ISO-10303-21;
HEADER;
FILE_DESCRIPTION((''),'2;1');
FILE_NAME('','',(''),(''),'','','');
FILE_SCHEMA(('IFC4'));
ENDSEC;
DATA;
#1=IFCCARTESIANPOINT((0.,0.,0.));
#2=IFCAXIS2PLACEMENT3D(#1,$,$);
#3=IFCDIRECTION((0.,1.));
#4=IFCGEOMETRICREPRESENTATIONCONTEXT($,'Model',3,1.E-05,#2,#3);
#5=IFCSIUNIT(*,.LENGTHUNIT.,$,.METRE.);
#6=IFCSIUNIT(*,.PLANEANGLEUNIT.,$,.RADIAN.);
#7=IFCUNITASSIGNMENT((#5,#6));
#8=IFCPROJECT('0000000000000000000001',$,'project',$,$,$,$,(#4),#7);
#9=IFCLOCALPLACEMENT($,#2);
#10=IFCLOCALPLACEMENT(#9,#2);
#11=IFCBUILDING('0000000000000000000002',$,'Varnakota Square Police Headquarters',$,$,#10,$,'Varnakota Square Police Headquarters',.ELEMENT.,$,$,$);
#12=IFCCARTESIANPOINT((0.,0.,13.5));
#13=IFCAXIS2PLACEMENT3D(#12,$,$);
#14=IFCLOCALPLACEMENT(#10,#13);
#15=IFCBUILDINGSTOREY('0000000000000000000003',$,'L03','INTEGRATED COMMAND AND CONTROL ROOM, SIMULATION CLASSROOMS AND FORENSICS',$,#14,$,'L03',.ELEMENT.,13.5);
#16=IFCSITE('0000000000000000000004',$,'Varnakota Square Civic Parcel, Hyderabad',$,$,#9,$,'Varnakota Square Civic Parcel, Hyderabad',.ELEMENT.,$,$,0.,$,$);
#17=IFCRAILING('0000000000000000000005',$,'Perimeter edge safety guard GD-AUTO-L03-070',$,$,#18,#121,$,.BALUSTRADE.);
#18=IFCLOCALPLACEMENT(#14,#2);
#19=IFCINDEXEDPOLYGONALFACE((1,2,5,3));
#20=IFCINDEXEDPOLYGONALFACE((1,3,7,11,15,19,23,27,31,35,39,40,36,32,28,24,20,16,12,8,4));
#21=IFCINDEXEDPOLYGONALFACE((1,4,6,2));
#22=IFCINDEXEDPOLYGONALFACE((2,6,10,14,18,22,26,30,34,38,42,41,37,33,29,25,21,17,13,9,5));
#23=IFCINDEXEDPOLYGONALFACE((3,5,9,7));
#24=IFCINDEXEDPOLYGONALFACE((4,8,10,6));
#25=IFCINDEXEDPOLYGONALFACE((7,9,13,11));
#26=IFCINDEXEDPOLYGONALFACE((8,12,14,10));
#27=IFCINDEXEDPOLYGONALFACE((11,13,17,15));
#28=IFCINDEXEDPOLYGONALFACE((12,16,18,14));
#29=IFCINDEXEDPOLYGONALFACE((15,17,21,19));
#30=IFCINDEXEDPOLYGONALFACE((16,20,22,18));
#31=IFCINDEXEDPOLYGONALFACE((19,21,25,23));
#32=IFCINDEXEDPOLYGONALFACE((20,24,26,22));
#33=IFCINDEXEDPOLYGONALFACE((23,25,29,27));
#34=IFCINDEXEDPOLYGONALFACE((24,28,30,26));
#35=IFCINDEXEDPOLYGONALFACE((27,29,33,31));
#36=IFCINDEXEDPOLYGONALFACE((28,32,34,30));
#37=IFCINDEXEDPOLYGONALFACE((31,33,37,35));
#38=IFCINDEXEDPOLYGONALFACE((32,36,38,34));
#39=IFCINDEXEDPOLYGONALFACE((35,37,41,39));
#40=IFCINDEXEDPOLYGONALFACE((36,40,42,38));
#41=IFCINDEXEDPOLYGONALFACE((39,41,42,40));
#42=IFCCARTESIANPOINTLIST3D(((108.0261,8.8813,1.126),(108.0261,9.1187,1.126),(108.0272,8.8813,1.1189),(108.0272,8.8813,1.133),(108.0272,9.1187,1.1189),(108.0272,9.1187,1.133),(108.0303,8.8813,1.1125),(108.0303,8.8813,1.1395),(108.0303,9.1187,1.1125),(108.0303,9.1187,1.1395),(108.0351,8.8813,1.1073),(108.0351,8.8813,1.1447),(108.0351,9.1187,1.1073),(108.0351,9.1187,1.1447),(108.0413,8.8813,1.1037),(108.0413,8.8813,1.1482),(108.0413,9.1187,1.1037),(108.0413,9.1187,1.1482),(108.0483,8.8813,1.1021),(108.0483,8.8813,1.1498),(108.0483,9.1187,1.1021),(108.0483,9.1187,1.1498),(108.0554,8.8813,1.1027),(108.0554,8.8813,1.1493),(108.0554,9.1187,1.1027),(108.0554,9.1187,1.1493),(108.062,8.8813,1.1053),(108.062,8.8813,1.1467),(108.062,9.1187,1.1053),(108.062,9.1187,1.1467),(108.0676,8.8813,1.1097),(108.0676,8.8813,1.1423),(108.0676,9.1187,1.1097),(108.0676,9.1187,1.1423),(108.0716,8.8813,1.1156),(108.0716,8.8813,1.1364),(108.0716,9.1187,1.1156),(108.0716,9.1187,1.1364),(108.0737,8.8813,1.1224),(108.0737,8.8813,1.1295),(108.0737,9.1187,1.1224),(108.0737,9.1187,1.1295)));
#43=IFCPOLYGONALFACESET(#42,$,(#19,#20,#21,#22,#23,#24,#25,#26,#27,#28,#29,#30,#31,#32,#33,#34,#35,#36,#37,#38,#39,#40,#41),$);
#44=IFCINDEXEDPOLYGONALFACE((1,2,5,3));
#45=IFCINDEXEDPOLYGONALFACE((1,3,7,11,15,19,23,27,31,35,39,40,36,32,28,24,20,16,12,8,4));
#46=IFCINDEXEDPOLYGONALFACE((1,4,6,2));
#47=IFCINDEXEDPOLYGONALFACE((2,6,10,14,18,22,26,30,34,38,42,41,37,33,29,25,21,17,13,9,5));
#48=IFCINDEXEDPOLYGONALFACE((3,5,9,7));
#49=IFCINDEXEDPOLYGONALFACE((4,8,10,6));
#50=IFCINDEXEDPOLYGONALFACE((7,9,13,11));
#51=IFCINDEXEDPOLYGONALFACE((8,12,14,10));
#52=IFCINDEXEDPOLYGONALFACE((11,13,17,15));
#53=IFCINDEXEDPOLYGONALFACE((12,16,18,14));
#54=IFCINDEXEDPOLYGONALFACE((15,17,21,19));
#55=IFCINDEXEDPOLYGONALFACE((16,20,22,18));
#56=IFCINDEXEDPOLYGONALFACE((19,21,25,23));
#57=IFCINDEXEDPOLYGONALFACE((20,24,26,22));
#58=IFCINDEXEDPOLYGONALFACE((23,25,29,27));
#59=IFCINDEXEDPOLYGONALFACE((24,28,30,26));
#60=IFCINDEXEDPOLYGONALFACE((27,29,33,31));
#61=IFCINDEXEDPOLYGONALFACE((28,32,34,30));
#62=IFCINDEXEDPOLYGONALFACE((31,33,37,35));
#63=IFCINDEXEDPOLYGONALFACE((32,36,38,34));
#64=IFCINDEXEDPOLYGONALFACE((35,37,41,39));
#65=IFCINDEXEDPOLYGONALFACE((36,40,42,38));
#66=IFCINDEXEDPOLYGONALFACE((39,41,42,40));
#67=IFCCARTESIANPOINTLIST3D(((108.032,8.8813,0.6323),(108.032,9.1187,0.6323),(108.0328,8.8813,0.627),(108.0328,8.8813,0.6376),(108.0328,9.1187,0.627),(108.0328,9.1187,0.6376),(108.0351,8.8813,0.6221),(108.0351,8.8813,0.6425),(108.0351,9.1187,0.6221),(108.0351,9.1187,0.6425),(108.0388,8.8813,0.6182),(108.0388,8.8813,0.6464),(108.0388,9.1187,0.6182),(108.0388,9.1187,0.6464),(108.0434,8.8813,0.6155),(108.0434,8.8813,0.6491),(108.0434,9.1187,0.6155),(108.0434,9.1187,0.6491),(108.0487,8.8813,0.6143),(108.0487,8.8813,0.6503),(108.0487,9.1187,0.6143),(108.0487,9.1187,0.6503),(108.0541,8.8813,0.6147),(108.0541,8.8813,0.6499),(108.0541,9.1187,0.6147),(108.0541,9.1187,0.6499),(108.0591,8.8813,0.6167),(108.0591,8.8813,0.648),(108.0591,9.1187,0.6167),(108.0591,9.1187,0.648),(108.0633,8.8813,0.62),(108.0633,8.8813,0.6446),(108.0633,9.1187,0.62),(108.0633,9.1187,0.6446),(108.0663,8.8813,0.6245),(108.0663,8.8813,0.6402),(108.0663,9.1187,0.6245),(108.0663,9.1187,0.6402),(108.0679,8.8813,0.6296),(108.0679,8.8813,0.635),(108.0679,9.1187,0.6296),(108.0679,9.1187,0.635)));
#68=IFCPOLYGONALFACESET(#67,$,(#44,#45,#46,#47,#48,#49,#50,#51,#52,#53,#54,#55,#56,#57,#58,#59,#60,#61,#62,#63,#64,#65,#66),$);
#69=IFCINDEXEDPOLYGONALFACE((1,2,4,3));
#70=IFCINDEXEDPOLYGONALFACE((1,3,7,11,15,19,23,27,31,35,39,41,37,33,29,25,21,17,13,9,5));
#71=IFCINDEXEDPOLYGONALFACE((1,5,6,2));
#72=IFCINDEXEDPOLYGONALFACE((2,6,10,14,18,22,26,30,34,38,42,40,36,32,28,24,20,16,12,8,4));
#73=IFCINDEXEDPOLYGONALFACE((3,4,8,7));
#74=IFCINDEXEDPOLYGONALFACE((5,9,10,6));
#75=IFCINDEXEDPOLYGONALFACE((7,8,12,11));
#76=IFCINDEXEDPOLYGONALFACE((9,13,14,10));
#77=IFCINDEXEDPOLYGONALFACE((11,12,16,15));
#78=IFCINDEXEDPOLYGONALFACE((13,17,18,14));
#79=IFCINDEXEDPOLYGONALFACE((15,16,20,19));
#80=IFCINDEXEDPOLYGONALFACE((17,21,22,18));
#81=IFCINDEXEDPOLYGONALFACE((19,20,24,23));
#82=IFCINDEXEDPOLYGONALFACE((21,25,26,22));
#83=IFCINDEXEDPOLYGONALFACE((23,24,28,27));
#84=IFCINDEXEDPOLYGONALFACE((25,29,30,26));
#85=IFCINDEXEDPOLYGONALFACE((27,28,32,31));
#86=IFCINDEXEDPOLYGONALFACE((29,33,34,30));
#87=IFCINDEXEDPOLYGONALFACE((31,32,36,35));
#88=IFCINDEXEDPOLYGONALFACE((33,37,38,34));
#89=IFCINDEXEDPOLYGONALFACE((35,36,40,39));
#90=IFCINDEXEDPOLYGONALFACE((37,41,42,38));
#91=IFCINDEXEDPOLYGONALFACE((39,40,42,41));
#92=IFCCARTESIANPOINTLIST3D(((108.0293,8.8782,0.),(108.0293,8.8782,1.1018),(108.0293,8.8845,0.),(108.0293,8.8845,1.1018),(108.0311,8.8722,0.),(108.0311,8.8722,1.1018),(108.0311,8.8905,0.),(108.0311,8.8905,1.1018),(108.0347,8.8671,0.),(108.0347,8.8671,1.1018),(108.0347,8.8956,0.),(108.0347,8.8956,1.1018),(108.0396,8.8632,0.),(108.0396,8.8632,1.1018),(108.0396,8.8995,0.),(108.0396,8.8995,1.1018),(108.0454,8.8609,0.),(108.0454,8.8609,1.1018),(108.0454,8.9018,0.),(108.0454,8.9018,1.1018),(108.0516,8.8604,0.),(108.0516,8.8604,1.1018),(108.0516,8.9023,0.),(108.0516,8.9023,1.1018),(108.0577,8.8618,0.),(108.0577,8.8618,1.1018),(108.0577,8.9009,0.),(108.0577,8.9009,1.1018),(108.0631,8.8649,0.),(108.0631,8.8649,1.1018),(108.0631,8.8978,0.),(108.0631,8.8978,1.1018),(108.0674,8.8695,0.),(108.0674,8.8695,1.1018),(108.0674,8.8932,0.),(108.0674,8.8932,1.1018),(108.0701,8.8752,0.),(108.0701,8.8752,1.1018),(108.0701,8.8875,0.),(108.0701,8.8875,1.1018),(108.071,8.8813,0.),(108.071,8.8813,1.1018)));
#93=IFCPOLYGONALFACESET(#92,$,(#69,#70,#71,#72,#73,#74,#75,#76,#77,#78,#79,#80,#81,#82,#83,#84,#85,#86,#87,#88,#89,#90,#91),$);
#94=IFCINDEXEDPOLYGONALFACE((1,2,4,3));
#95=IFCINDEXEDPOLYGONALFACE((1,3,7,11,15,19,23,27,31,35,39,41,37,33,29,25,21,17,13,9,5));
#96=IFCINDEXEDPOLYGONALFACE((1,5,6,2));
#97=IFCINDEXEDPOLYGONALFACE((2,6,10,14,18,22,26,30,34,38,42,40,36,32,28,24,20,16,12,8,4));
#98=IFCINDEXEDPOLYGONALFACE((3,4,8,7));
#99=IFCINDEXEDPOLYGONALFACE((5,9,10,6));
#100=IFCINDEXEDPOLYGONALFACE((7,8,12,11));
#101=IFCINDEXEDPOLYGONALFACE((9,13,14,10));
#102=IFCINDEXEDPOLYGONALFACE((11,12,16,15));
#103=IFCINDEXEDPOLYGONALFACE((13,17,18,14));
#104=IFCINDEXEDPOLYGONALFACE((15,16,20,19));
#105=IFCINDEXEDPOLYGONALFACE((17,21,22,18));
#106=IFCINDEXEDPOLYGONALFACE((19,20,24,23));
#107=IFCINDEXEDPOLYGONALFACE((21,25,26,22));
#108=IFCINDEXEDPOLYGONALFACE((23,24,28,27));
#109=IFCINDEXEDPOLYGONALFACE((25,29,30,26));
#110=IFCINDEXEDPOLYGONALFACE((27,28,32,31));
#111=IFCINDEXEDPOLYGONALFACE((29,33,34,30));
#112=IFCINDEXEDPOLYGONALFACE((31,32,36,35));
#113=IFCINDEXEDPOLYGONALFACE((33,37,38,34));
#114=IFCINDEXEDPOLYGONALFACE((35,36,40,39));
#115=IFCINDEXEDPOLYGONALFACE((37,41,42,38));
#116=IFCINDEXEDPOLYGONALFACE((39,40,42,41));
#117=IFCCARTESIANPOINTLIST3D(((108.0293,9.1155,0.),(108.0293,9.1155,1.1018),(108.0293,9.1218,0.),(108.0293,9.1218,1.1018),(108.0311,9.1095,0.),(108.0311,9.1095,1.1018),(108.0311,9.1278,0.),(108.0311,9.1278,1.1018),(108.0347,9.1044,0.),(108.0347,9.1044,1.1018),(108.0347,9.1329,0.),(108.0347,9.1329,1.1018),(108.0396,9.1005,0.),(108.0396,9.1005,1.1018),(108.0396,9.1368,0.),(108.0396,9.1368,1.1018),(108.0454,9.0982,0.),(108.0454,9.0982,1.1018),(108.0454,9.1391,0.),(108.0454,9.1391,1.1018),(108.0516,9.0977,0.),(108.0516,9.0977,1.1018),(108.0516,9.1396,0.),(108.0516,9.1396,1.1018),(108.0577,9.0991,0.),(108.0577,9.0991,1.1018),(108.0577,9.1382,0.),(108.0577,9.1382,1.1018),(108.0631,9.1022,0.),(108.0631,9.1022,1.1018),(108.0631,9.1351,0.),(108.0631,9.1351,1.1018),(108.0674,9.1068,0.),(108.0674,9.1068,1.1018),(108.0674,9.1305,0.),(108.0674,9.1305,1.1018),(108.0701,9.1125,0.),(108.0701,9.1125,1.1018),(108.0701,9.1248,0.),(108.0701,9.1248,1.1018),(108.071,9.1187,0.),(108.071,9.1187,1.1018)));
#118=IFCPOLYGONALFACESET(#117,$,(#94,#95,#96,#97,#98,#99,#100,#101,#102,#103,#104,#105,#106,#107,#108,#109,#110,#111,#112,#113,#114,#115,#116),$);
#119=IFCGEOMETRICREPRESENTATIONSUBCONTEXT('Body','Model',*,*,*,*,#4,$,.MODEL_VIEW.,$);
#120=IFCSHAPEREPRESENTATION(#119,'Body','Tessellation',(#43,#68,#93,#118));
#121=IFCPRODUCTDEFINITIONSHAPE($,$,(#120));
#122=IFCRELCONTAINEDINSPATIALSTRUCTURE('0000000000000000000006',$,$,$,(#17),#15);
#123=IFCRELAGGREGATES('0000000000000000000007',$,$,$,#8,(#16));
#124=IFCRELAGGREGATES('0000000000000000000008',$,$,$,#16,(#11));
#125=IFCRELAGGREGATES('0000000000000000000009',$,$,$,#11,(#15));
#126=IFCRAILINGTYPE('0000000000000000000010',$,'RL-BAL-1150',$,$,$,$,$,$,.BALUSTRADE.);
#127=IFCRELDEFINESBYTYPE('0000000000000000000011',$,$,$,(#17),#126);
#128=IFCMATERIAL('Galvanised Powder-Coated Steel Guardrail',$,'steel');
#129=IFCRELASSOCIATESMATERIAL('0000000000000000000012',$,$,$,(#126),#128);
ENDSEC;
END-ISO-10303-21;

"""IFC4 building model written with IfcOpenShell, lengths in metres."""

from ifc_helpers import new_model, si_unit, direction, frame, origin, origin_2d, place, context, subcontext, project, spatial, circle, extrude, material, type_object, element, save


model = new_model("IFC4")

# Units and contexts
model_context = context("Model", 3, precision=1e-05, world=origin(), true_north=direction((0.0, 1.0)))
body_context = subcontext(model_context, "Body", "Model", "MODEL_VIEW")
ifc_project = project(units=[si_unit("LENGTHUNIT", "METRE"), si_unit("PLANEANGLEUNIT", "RADIAN")], contexts=[model_context])

# Site, building, storey
site_placement = place(None, origin())
site = spatial("IfcSite", under=ifc_project, at=site_placement, Name="Varnakota Square Civic Parcel, Hyderabad", LongName="Varnakota Square Civic Parcel, Hyderabad", CompositionType="ELEMENT", RefElevation=0.0)
building_placement = place(site_placement, origin())
building = spatial("IfcBuilding", under=site, at=building_placement, Name="Varnakota Square Police Headquarters", LongName="Varnakota Square Police Headquarters", CompositionType="ELEMENT")
storey_placement = place(building_placement, frame((0.0, 0.0, 13.5)))
storey = spatial("IfcBuildingStorey", under=building, at=storey_placement, Name="L03", Description="INTEGRATED COMMAND AND CONTROL ROOM, SIMULATION CLASSROOMS AND FORENSICS", LongName="L03", CompositionType="ELEMENT", Elevation=13.5)

# Railing
ifc_material_1 = material(Name="Galvanised Powder-Coated Steel Guardrail", Category="steel")
railing_type = type_object("IfcRailingType", Name="RL-BAL-1150", PredefinedType="BALUSTRADE", material=ifc_material_1)
railing_placement = place(storey_placement, frame((108.05, 8.8813, 0.0)))
element("IfcRailing", 1, at=railing_placement, inside=storey, type_object=railing_type, Name="Perimeter edge safety guard GD-AUTO-L03-070", PredefinedType="BALUSTRADE", context=body_context, shape_type="SweptSolid", body=[
    extrude(circle(Radius=0.0239, at=origin_2d()), frame((0.0, 0.0, 1.126), z_axis=(0.0, 1.0, 0.0), x_axis=(-1.0, 0.0, 0.0)), (0.0, 0.0, 1.0), 0.2373),
    extrude(circle(Radius=0.0181, at=origin_2d()), frame((0.0, 0.0, 0.6323), z_axis=(0.0, 1.0, 0.0), x_axis=(-1.0, 0.0, 0.0)), (0.0, 0.0, 1.0), 0.2373),
    extrude(circle(Radius=0.021, at=origin_2d()), origin(), (0.0, 0.0, 1.0), 1.1018),
    extrude(circle(Radius=0.021, at=origin_2d()), frame((0.0, 0.2373, 0.0)), (0.0, 0.0, 1.0), 1.1018),
])

save(model, "model.ifc")
